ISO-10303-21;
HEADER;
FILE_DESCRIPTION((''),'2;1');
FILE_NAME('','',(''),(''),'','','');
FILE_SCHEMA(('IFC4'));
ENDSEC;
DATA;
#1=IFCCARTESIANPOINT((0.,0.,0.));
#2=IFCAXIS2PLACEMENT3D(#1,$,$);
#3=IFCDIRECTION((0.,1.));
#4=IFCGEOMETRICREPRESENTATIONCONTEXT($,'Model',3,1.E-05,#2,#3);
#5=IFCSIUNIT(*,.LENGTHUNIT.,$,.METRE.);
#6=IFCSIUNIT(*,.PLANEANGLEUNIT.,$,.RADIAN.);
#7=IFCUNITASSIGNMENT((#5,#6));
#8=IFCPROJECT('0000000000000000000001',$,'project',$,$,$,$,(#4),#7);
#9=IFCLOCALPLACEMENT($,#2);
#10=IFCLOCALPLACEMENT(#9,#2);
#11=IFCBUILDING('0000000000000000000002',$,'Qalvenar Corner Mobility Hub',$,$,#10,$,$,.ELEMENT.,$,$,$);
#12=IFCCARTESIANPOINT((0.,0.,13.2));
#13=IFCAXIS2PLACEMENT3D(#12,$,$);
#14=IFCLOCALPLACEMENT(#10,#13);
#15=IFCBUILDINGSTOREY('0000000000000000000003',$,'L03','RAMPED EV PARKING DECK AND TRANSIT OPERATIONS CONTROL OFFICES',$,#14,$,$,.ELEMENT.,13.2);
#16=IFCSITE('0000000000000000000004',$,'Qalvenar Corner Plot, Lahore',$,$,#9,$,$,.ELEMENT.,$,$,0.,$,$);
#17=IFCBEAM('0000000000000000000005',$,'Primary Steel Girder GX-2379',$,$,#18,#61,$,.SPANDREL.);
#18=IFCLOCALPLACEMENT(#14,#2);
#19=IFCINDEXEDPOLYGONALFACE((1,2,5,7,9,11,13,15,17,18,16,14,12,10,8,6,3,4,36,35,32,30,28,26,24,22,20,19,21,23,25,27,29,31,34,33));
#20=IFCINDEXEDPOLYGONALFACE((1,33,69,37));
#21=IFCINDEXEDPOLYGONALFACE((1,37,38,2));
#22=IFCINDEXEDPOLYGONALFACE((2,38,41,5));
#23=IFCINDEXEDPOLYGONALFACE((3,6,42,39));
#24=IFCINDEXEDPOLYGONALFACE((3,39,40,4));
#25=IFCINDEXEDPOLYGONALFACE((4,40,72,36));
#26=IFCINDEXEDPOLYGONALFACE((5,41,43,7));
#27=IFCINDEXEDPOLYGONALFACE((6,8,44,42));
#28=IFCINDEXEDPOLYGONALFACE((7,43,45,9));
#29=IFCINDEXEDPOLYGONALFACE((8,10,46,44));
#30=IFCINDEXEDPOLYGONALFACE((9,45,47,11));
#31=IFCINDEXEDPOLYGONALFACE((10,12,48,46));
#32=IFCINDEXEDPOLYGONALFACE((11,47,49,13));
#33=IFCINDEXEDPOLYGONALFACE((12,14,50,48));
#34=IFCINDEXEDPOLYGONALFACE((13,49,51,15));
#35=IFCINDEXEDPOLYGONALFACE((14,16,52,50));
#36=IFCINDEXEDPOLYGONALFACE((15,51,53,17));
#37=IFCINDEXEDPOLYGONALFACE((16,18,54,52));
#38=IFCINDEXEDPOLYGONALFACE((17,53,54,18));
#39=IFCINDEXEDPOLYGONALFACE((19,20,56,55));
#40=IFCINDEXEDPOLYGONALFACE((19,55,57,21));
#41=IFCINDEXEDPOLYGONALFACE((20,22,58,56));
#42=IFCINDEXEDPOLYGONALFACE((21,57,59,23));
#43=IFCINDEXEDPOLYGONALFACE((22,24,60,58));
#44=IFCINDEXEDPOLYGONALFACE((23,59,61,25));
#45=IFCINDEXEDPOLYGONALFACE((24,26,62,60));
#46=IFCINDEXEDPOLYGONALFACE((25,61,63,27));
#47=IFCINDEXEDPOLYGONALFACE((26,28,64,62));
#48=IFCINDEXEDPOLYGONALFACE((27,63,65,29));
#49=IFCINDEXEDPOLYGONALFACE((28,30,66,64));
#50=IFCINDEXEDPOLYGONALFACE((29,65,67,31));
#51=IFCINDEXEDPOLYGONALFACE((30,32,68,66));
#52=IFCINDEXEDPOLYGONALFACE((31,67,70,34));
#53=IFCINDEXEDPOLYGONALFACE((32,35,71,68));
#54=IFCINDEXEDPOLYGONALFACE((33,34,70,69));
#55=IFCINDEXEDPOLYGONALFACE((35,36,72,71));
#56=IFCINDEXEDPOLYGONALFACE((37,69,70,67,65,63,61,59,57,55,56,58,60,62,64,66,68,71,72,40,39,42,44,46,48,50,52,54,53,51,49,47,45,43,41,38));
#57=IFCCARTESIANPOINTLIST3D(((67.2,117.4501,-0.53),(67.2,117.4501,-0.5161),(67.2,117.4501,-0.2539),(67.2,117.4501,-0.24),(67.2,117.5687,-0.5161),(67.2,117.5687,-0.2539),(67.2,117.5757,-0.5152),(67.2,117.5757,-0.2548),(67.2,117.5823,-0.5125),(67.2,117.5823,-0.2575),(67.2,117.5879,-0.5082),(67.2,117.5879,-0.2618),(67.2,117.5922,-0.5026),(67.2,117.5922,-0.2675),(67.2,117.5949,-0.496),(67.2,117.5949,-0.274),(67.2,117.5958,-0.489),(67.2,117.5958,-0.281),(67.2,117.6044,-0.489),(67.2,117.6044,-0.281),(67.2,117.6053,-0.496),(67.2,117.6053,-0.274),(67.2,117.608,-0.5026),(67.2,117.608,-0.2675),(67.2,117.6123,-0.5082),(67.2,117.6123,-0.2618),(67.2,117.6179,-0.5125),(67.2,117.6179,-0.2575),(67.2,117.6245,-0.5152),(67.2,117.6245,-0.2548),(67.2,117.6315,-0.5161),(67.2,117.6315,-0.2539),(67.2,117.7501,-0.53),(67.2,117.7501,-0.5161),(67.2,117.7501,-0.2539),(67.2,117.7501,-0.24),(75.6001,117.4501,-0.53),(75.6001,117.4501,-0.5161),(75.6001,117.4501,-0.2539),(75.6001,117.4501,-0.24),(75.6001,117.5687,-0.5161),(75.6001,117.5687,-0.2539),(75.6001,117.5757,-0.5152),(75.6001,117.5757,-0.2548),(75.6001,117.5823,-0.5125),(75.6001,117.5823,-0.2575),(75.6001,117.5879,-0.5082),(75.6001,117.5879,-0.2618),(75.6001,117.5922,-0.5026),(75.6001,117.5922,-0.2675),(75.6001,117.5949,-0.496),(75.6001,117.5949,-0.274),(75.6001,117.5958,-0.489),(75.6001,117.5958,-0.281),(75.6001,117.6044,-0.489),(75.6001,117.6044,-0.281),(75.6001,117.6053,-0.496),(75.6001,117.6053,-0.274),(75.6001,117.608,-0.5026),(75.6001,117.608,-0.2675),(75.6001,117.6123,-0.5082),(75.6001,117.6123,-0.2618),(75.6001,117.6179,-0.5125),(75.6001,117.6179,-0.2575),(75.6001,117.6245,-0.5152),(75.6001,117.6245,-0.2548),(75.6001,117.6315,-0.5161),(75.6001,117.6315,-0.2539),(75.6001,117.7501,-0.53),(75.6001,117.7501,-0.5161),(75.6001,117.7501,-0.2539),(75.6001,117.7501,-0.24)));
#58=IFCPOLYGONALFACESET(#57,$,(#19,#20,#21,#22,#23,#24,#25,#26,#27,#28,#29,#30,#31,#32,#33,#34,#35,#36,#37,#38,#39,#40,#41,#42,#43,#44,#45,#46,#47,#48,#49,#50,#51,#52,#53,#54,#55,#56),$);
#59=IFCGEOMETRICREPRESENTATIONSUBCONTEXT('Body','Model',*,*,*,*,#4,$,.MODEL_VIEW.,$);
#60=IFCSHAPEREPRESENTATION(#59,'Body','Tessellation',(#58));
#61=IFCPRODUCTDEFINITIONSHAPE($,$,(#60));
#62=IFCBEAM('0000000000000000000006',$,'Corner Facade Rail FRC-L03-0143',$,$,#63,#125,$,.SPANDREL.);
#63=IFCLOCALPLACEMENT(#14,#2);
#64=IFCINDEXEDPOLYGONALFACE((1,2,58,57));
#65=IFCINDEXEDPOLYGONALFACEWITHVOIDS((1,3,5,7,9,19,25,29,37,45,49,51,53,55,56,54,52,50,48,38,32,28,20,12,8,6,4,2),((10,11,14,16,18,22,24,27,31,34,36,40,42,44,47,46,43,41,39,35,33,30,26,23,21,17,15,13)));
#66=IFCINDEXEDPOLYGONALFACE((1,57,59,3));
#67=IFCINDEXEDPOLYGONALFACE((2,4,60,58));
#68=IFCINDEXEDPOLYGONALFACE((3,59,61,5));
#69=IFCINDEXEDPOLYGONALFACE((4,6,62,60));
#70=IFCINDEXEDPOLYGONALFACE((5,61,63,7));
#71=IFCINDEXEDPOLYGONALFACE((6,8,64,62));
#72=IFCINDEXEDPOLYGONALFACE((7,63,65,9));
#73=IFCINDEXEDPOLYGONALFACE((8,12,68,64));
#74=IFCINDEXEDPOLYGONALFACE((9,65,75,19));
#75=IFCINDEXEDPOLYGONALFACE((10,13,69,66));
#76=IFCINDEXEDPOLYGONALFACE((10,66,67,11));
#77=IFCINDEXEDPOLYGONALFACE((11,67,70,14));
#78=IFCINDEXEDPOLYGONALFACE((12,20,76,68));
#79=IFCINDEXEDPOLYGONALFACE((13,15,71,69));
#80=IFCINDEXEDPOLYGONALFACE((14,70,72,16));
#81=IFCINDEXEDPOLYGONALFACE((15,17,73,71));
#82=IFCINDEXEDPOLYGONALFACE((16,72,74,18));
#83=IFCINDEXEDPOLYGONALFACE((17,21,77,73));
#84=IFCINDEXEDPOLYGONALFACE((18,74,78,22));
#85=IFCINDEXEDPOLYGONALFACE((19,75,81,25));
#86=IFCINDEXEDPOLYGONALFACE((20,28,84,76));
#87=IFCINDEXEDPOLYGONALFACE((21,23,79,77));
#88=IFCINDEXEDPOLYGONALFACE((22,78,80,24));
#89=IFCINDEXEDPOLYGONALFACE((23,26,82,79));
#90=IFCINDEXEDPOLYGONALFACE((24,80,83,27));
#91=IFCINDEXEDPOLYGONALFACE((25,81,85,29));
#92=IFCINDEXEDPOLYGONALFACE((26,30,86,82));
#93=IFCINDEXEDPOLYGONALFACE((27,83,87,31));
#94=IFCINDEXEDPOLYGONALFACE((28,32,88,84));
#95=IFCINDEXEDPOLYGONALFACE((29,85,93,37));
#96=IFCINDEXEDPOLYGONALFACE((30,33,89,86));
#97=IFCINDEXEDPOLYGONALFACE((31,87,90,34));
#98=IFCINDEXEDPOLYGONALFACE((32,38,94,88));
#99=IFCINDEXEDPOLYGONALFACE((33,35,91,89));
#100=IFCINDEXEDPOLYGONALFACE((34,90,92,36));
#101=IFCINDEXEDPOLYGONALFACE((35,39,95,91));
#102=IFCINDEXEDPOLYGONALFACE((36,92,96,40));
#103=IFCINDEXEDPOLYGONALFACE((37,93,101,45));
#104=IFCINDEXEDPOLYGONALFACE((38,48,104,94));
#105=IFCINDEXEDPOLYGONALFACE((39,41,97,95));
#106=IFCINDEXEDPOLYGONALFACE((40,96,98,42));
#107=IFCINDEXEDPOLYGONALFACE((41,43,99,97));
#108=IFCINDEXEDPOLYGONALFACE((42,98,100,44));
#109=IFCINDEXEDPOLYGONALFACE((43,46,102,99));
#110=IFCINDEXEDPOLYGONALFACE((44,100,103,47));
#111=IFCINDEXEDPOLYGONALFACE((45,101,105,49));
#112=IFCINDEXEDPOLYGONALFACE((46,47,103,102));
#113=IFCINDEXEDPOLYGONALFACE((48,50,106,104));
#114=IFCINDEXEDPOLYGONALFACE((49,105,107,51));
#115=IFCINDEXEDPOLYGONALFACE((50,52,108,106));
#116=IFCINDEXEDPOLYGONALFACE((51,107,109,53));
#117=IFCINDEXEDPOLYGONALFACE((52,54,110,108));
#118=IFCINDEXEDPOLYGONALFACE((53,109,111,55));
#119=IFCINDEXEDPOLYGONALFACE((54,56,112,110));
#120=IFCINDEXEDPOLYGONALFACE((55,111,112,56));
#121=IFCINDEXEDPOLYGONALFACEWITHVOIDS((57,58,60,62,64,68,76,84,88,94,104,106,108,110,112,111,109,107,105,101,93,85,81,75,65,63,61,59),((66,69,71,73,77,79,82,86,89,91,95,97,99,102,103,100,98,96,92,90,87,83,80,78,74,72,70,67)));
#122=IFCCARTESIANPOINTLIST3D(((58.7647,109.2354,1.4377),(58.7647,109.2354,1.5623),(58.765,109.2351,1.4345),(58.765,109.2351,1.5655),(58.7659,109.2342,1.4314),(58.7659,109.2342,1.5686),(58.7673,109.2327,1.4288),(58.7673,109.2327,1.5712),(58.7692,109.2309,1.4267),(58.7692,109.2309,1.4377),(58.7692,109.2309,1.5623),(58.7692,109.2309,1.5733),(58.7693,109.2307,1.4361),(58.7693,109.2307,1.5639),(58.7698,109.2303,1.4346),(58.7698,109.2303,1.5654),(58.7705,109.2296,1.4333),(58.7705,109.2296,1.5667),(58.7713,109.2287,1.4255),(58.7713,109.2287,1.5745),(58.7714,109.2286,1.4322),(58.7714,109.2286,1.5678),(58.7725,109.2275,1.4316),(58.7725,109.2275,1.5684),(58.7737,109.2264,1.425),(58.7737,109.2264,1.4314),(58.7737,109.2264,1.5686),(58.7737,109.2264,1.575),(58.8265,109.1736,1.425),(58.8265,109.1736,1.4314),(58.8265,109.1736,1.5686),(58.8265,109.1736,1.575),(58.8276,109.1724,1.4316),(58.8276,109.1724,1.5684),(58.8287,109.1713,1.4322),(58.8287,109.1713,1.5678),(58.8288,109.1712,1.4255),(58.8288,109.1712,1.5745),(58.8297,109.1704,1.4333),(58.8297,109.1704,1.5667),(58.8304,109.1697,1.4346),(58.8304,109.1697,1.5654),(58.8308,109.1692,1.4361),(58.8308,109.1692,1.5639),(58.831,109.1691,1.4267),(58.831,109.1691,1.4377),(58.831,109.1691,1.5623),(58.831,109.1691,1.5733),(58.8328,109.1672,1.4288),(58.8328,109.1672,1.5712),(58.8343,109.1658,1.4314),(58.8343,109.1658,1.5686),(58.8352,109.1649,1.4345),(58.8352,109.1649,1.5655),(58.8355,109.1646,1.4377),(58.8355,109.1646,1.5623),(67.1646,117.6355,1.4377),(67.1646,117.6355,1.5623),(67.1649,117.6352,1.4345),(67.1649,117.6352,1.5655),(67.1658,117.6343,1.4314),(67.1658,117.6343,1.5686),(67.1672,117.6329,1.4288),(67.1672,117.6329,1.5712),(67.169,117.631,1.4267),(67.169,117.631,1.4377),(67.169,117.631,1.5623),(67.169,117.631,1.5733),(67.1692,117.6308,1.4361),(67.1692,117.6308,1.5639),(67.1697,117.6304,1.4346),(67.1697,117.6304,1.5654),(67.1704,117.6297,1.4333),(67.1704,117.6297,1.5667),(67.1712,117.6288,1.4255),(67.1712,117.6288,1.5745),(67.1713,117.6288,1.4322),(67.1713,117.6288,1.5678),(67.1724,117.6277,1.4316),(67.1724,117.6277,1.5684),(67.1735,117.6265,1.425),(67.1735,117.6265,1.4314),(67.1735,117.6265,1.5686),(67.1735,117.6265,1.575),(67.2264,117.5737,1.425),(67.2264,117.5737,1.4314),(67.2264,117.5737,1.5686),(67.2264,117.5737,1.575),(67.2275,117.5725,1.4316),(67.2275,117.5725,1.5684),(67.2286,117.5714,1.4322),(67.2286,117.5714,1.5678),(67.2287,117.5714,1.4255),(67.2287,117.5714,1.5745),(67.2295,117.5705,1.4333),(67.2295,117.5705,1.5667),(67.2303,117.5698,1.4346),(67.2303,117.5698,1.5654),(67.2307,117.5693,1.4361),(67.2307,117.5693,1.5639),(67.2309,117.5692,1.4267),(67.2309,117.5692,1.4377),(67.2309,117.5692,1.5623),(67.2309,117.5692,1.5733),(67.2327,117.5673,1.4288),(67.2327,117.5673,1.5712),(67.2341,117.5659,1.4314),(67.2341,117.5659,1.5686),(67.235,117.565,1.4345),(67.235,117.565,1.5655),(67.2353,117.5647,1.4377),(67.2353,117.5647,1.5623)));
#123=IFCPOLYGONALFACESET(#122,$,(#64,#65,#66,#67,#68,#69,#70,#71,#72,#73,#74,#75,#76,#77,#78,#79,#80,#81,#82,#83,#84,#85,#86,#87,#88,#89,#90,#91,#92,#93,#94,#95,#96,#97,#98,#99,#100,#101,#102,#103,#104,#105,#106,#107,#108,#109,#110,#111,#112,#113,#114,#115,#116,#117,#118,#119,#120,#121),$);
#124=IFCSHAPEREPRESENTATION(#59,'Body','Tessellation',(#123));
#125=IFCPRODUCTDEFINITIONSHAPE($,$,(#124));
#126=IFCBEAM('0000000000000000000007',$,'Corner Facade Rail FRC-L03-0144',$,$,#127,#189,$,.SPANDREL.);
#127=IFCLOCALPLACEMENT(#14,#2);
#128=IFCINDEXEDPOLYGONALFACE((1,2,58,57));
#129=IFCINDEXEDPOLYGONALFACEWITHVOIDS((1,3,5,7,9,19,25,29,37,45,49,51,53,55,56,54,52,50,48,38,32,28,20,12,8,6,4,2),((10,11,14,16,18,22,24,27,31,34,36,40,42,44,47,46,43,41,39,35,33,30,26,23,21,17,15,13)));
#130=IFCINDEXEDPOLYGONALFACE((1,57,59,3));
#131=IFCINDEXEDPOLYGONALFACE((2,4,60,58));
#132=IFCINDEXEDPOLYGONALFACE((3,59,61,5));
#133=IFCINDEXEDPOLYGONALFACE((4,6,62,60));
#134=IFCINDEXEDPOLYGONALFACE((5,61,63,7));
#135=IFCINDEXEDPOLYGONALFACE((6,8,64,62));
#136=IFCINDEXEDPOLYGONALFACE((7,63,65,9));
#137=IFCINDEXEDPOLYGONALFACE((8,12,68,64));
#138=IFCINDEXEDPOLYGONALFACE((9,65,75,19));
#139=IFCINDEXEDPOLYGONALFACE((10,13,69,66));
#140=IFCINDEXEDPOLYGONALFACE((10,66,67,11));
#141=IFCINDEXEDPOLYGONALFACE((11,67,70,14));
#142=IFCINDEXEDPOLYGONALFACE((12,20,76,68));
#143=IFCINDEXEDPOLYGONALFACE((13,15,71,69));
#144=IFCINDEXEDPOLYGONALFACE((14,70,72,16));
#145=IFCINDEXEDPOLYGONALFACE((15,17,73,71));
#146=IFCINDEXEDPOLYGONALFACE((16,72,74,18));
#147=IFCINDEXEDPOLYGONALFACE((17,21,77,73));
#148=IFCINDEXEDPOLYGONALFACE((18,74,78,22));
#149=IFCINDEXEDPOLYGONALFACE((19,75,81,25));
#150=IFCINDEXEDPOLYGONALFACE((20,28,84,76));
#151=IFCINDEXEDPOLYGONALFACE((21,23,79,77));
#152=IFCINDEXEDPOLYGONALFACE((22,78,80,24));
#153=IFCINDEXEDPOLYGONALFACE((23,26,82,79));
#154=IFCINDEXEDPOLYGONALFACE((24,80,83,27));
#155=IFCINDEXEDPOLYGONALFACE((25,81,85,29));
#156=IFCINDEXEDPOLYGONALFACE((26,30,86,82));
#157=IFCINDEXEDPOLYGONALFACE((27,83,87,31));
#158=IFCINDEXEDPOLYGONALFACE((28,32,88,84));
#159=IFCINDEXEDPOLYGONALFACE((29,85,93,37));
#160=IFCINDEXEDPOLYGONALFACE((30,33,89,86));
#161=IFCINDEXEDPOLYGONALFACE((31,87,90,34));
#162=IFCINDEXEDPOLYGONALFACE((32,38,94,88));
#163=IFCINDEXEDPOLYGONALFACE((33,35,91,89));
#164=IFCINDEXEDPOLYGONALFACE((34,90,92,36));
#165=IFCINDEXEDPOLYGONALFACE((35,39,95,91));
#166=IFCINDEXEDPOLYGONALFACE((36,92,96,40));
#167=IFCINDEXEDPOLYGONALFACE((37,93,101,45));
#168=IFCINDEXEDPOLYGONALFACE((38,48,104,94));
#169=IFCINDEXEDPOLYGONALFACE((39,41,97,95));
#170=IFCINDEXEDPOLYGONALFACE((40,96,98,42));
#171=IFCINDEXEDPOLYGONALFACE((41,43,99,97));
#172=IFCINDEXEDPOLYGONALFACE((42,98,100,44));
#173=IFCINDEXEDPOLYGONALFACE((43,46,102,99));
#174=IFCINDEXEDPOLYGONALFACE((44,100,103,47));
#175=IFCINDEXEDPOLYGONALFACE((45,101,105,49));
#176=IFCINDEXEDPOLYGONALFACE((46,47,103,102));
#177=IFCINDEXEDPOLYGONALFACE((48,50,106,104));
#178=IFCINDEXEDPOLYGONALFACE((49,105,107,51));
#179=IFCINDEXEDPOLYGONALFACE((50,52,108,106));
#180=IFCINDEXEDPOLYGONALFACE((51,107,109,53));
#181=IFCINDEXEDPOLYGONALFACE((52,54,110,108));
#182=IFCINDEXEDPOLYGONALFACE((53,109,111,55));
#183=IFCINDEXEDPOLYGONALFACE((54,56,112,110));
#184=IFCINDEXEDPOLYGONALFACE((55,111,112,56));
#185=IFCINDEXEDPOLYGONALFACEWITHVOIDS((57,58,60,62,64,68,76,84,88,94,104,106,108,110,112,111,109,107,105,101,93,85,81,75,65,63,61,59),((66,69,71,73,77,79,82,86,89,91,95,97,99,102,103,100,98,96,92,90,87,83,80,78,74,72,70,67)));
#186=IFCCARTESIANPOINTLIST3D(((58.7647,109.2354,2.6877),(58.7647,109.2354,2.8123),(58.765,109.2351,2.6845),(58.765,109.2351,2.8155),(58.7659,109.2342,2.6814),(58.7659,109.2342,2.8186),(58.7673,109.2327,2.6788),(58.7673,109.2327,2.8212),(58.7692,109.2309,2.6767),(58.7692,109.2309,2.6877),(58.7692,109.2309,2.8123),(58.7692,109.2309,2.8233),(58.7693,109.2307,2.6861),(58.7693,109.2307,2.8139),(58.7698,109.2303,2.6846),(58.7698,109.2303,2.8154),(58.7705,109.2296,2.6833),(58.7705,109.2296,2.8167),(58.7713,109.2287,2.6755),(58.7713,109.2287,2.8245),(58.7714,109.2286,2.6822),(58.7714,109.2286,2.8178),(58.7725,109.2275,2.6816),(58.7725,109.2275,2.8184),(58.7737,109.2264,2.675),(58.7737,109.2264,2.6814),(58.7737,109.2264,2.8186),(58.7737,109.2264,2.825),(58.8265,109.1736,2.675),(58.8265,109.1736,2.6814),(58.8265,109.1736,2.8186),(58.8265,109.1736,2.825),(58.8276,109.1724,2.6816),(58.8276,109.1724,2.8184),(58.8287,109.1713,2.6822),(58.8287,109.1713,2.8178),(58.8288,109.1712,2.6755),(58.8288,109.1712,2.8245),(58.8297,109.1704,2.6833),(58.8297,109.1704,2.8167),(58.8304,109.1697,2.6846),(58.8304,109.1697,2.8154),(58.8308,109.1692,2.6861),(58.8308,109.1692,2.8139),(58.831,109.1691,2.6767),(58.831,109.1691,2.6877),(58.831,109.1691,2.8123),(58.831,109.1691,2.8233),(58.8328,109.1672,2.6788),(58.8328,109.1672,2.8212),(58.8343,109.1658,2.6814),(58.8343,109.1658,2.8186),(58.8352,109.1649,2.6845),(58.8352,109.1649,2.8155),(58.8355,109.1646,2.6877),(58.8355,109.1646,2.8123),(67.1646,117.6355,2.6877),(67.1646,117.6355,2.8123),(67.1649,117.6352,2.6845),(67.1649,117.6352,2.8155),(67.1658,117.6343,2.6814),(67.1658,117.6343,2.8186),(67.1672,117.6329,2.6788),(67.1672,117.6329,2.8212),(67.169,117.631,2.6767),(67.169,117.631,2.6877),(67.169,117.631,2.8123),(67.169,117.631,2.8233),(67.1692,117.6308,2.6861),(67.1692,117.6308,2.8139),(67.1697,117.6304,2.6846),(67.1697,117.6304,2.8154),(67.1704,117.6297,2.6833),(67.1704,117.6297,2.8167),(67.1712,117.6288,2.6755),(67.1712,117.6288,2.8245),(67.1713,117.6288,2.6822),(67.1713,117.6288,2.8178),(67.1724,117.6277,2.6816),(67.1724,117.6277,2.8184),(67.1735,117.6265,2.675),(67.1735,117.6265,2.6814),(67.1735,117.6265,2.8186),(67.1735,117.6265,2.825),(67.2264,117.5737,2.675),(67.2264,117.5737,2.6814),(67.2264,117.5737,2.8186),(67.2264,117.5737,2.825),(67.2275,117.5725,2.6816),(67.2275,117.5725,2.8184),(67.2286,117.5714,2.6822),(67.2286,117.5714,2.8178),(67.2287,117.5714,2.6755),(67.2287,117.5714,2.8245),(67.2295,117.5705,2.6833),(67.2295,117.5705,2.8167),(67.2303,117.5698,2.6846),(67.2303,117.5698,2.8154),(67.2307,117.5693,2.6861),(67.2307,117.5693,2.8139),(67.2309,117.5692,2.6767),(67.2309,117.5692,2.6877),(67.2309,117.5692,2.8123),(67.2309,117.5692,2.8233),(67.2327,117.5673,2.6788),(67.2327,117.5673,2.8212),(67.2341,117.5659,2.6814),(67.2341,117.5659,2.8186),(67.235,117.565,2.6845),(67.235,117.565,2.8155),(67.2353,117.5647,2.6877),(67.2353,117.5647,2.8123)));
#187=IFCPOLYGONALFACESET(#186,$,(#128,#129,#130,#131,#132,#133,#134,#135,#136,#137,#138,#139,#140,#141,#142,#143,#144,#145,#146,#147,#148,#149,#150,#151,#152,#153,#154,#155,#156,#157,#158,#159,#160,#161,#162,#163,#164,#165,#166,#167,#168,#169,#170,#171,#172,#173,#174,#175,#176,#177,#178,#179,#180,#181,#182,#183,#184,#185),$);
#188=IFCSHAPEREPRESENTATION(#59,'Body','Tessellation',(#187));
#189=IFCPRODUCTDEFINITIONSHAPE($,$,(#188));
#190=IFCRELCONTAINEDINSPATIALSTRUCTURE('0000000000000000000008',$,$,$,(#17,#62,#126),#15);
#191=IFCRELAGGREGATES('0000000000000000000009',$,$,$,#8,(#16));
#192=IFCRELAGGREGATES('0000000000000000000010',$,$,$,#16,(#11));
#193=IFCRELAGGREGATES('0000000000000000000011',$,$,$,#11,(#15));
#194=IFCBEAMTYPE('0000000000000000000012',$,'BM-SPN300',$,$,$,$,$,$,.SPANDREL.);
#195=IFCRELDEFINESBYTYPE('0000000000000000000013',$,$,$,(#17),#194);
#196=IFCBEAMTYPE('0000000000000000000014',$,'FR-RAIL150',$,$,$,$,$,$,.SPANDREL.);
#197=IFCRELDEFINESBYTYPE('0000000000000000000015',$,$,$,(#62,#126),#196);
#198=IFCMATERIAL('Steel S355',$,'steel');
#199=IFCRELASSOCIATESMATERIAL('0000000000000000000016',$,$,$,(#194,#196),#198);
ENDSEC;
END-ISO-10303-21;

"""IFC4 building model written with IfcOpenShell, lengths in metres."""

from ifc_helpers import new_model, si_unit, direction, frame, origin, origin_2d, place, context, subcontext, project, spatial, hollow_rectangle, i_section, extrude, material, material_profile, profile_set, type_object, element, save


model = new_model("IFC4")

# Units and contexts
model_context = context("Model", 3, precision=1e-05, world=origin(), true_north=direction((0.0, 1.0)))
body_context = subcontext(model_context, "Body", "Model", "MODEL_VIEW")
ifc_project = project(units=[si_unit("LENGTHUNIT", "METRE"), si_unit("PLANEANGLEUNIT", "RADIAN")], contexts=[model_context])

# Site, building, storey
site_placement = place(None, origin())
site = spatial("IfcSite", under=ifc_project, at=site_placement, Name="Qalvenar Corner Plot, Lahore", CompositionType="ELEMENT", RefElevation=0.0)
building_placement = place(site_placement, origin())
building = spatial("IfcBuilding", under=site, at=building_placement, Name="Qalvenar Corner Mobility Hub", CompositionType="ELEMENT")
storey_placement = place(building_placement, frame((0.0, 0.0, 13.2)))
storey = spatial("IfcBuildingStorey", under=building, at=storey_placement, Name="L03", Description="RAMPED EV PARKING DECK AND TRANSIT OPERATIONS CONTROL OFFICES", CompositionType="ELEMENT", Elevation=13.2)

# Shared definitions
ifc_material_1 = material(Name="Steel S355", Category="steel")

# Beams
ifc_material_profile_1 = material_profile(ifc_material_1, i_section(OverallWidth=0.3, OverallDepth=0.29, WebThickness=0.0085, FlangeThickness=0.0139, FilletRadius=0.0271, at=origin_2d()), Name="HEA300")
ifc_profile_set_1 = profile_set([ifc_material_profile_1], Name="Steel S355")
beam_type_1 = type_object("IfcBeamType", Name="BM-SPN300", PredefinedType="SPANDREL", material=ifc_profile_set_1)
beam_1_placement = place(storey_placement, frame((67.2, 117.6001, -0.385), z_axis=(1.0, 0.0, 0.0), x_axis=(0.0, 1.0, 0.0)))
element("IfcBeam", 1, at=beam_1_placement, inside=storey, type_object=beam_type_1, Name="Primary Steel Girder GX-2379", PredefinedType="SPANDREL", context=body_context, shape_type="SweptSolid", body=[
    extrude(i_section(OverallWidth=0.3, OverallDepth=0.29, WebThickness=0.0085, FlangeThickness=0.0139, FilletRadius=0.0271, at=origin_2d()), origin(), (0.0, 0.0, 1.0), 8.4001),
])
ifc_material_profile_2 = material_profile(ifc_material_1, hollow_rectangle(XDim=0.1001, YDim=0.1499, WallThickness=0.0063, InnerFilletRadius=0.0063, OuterFilletRadius=0.0127, at=origin_2d()), Name="RHS150x100x6.3")
ifc_profile_set_2 = profile_set([ifc_material_profile_2], Name="Steel S355")
beam_type_2 = type_object("IfcBeamType", Name="FR-RAIL150", PredefinedType="SPANDREL", material=ifc_profile_set_2)
for number, where, z_axis, x_axis, name in (
    (2, (67.2, 117.6001, 1.5), (-0.707097, -0.707117, 0.0), (0.707117, -0.707097, 0.0), "Corner Facade Rail FRC-L03-0143"),
    (3, (67.2, 117.6001, 2.75), (-0.707097, -0.707117, 0.0), (0.707117, -0.707097, 0.0), "Corner Facade Rail FRC-L03-0144"),
):
    element("IfcBeam", number, at=place(storey_placement, frame(where, z_axis=z_axis, x_axis=x_axis)), inside=storey, type_object=beam_type_2, Name=name, PredefinedType="SPANDREL", context=body_context, shape_type="SweptSolid", body=[
        extrude(hollow_rectangle(XDim=0.1001, YDim=0.1499, WallThickness=0.0063, InnerFilletRadius=0.0063, OuterFilletRadius=0.0127, at=origin_2d()), origin(), (0.0, 0.0, 1.0), 11.8794),
    ])

save(model, "model.ifc")
